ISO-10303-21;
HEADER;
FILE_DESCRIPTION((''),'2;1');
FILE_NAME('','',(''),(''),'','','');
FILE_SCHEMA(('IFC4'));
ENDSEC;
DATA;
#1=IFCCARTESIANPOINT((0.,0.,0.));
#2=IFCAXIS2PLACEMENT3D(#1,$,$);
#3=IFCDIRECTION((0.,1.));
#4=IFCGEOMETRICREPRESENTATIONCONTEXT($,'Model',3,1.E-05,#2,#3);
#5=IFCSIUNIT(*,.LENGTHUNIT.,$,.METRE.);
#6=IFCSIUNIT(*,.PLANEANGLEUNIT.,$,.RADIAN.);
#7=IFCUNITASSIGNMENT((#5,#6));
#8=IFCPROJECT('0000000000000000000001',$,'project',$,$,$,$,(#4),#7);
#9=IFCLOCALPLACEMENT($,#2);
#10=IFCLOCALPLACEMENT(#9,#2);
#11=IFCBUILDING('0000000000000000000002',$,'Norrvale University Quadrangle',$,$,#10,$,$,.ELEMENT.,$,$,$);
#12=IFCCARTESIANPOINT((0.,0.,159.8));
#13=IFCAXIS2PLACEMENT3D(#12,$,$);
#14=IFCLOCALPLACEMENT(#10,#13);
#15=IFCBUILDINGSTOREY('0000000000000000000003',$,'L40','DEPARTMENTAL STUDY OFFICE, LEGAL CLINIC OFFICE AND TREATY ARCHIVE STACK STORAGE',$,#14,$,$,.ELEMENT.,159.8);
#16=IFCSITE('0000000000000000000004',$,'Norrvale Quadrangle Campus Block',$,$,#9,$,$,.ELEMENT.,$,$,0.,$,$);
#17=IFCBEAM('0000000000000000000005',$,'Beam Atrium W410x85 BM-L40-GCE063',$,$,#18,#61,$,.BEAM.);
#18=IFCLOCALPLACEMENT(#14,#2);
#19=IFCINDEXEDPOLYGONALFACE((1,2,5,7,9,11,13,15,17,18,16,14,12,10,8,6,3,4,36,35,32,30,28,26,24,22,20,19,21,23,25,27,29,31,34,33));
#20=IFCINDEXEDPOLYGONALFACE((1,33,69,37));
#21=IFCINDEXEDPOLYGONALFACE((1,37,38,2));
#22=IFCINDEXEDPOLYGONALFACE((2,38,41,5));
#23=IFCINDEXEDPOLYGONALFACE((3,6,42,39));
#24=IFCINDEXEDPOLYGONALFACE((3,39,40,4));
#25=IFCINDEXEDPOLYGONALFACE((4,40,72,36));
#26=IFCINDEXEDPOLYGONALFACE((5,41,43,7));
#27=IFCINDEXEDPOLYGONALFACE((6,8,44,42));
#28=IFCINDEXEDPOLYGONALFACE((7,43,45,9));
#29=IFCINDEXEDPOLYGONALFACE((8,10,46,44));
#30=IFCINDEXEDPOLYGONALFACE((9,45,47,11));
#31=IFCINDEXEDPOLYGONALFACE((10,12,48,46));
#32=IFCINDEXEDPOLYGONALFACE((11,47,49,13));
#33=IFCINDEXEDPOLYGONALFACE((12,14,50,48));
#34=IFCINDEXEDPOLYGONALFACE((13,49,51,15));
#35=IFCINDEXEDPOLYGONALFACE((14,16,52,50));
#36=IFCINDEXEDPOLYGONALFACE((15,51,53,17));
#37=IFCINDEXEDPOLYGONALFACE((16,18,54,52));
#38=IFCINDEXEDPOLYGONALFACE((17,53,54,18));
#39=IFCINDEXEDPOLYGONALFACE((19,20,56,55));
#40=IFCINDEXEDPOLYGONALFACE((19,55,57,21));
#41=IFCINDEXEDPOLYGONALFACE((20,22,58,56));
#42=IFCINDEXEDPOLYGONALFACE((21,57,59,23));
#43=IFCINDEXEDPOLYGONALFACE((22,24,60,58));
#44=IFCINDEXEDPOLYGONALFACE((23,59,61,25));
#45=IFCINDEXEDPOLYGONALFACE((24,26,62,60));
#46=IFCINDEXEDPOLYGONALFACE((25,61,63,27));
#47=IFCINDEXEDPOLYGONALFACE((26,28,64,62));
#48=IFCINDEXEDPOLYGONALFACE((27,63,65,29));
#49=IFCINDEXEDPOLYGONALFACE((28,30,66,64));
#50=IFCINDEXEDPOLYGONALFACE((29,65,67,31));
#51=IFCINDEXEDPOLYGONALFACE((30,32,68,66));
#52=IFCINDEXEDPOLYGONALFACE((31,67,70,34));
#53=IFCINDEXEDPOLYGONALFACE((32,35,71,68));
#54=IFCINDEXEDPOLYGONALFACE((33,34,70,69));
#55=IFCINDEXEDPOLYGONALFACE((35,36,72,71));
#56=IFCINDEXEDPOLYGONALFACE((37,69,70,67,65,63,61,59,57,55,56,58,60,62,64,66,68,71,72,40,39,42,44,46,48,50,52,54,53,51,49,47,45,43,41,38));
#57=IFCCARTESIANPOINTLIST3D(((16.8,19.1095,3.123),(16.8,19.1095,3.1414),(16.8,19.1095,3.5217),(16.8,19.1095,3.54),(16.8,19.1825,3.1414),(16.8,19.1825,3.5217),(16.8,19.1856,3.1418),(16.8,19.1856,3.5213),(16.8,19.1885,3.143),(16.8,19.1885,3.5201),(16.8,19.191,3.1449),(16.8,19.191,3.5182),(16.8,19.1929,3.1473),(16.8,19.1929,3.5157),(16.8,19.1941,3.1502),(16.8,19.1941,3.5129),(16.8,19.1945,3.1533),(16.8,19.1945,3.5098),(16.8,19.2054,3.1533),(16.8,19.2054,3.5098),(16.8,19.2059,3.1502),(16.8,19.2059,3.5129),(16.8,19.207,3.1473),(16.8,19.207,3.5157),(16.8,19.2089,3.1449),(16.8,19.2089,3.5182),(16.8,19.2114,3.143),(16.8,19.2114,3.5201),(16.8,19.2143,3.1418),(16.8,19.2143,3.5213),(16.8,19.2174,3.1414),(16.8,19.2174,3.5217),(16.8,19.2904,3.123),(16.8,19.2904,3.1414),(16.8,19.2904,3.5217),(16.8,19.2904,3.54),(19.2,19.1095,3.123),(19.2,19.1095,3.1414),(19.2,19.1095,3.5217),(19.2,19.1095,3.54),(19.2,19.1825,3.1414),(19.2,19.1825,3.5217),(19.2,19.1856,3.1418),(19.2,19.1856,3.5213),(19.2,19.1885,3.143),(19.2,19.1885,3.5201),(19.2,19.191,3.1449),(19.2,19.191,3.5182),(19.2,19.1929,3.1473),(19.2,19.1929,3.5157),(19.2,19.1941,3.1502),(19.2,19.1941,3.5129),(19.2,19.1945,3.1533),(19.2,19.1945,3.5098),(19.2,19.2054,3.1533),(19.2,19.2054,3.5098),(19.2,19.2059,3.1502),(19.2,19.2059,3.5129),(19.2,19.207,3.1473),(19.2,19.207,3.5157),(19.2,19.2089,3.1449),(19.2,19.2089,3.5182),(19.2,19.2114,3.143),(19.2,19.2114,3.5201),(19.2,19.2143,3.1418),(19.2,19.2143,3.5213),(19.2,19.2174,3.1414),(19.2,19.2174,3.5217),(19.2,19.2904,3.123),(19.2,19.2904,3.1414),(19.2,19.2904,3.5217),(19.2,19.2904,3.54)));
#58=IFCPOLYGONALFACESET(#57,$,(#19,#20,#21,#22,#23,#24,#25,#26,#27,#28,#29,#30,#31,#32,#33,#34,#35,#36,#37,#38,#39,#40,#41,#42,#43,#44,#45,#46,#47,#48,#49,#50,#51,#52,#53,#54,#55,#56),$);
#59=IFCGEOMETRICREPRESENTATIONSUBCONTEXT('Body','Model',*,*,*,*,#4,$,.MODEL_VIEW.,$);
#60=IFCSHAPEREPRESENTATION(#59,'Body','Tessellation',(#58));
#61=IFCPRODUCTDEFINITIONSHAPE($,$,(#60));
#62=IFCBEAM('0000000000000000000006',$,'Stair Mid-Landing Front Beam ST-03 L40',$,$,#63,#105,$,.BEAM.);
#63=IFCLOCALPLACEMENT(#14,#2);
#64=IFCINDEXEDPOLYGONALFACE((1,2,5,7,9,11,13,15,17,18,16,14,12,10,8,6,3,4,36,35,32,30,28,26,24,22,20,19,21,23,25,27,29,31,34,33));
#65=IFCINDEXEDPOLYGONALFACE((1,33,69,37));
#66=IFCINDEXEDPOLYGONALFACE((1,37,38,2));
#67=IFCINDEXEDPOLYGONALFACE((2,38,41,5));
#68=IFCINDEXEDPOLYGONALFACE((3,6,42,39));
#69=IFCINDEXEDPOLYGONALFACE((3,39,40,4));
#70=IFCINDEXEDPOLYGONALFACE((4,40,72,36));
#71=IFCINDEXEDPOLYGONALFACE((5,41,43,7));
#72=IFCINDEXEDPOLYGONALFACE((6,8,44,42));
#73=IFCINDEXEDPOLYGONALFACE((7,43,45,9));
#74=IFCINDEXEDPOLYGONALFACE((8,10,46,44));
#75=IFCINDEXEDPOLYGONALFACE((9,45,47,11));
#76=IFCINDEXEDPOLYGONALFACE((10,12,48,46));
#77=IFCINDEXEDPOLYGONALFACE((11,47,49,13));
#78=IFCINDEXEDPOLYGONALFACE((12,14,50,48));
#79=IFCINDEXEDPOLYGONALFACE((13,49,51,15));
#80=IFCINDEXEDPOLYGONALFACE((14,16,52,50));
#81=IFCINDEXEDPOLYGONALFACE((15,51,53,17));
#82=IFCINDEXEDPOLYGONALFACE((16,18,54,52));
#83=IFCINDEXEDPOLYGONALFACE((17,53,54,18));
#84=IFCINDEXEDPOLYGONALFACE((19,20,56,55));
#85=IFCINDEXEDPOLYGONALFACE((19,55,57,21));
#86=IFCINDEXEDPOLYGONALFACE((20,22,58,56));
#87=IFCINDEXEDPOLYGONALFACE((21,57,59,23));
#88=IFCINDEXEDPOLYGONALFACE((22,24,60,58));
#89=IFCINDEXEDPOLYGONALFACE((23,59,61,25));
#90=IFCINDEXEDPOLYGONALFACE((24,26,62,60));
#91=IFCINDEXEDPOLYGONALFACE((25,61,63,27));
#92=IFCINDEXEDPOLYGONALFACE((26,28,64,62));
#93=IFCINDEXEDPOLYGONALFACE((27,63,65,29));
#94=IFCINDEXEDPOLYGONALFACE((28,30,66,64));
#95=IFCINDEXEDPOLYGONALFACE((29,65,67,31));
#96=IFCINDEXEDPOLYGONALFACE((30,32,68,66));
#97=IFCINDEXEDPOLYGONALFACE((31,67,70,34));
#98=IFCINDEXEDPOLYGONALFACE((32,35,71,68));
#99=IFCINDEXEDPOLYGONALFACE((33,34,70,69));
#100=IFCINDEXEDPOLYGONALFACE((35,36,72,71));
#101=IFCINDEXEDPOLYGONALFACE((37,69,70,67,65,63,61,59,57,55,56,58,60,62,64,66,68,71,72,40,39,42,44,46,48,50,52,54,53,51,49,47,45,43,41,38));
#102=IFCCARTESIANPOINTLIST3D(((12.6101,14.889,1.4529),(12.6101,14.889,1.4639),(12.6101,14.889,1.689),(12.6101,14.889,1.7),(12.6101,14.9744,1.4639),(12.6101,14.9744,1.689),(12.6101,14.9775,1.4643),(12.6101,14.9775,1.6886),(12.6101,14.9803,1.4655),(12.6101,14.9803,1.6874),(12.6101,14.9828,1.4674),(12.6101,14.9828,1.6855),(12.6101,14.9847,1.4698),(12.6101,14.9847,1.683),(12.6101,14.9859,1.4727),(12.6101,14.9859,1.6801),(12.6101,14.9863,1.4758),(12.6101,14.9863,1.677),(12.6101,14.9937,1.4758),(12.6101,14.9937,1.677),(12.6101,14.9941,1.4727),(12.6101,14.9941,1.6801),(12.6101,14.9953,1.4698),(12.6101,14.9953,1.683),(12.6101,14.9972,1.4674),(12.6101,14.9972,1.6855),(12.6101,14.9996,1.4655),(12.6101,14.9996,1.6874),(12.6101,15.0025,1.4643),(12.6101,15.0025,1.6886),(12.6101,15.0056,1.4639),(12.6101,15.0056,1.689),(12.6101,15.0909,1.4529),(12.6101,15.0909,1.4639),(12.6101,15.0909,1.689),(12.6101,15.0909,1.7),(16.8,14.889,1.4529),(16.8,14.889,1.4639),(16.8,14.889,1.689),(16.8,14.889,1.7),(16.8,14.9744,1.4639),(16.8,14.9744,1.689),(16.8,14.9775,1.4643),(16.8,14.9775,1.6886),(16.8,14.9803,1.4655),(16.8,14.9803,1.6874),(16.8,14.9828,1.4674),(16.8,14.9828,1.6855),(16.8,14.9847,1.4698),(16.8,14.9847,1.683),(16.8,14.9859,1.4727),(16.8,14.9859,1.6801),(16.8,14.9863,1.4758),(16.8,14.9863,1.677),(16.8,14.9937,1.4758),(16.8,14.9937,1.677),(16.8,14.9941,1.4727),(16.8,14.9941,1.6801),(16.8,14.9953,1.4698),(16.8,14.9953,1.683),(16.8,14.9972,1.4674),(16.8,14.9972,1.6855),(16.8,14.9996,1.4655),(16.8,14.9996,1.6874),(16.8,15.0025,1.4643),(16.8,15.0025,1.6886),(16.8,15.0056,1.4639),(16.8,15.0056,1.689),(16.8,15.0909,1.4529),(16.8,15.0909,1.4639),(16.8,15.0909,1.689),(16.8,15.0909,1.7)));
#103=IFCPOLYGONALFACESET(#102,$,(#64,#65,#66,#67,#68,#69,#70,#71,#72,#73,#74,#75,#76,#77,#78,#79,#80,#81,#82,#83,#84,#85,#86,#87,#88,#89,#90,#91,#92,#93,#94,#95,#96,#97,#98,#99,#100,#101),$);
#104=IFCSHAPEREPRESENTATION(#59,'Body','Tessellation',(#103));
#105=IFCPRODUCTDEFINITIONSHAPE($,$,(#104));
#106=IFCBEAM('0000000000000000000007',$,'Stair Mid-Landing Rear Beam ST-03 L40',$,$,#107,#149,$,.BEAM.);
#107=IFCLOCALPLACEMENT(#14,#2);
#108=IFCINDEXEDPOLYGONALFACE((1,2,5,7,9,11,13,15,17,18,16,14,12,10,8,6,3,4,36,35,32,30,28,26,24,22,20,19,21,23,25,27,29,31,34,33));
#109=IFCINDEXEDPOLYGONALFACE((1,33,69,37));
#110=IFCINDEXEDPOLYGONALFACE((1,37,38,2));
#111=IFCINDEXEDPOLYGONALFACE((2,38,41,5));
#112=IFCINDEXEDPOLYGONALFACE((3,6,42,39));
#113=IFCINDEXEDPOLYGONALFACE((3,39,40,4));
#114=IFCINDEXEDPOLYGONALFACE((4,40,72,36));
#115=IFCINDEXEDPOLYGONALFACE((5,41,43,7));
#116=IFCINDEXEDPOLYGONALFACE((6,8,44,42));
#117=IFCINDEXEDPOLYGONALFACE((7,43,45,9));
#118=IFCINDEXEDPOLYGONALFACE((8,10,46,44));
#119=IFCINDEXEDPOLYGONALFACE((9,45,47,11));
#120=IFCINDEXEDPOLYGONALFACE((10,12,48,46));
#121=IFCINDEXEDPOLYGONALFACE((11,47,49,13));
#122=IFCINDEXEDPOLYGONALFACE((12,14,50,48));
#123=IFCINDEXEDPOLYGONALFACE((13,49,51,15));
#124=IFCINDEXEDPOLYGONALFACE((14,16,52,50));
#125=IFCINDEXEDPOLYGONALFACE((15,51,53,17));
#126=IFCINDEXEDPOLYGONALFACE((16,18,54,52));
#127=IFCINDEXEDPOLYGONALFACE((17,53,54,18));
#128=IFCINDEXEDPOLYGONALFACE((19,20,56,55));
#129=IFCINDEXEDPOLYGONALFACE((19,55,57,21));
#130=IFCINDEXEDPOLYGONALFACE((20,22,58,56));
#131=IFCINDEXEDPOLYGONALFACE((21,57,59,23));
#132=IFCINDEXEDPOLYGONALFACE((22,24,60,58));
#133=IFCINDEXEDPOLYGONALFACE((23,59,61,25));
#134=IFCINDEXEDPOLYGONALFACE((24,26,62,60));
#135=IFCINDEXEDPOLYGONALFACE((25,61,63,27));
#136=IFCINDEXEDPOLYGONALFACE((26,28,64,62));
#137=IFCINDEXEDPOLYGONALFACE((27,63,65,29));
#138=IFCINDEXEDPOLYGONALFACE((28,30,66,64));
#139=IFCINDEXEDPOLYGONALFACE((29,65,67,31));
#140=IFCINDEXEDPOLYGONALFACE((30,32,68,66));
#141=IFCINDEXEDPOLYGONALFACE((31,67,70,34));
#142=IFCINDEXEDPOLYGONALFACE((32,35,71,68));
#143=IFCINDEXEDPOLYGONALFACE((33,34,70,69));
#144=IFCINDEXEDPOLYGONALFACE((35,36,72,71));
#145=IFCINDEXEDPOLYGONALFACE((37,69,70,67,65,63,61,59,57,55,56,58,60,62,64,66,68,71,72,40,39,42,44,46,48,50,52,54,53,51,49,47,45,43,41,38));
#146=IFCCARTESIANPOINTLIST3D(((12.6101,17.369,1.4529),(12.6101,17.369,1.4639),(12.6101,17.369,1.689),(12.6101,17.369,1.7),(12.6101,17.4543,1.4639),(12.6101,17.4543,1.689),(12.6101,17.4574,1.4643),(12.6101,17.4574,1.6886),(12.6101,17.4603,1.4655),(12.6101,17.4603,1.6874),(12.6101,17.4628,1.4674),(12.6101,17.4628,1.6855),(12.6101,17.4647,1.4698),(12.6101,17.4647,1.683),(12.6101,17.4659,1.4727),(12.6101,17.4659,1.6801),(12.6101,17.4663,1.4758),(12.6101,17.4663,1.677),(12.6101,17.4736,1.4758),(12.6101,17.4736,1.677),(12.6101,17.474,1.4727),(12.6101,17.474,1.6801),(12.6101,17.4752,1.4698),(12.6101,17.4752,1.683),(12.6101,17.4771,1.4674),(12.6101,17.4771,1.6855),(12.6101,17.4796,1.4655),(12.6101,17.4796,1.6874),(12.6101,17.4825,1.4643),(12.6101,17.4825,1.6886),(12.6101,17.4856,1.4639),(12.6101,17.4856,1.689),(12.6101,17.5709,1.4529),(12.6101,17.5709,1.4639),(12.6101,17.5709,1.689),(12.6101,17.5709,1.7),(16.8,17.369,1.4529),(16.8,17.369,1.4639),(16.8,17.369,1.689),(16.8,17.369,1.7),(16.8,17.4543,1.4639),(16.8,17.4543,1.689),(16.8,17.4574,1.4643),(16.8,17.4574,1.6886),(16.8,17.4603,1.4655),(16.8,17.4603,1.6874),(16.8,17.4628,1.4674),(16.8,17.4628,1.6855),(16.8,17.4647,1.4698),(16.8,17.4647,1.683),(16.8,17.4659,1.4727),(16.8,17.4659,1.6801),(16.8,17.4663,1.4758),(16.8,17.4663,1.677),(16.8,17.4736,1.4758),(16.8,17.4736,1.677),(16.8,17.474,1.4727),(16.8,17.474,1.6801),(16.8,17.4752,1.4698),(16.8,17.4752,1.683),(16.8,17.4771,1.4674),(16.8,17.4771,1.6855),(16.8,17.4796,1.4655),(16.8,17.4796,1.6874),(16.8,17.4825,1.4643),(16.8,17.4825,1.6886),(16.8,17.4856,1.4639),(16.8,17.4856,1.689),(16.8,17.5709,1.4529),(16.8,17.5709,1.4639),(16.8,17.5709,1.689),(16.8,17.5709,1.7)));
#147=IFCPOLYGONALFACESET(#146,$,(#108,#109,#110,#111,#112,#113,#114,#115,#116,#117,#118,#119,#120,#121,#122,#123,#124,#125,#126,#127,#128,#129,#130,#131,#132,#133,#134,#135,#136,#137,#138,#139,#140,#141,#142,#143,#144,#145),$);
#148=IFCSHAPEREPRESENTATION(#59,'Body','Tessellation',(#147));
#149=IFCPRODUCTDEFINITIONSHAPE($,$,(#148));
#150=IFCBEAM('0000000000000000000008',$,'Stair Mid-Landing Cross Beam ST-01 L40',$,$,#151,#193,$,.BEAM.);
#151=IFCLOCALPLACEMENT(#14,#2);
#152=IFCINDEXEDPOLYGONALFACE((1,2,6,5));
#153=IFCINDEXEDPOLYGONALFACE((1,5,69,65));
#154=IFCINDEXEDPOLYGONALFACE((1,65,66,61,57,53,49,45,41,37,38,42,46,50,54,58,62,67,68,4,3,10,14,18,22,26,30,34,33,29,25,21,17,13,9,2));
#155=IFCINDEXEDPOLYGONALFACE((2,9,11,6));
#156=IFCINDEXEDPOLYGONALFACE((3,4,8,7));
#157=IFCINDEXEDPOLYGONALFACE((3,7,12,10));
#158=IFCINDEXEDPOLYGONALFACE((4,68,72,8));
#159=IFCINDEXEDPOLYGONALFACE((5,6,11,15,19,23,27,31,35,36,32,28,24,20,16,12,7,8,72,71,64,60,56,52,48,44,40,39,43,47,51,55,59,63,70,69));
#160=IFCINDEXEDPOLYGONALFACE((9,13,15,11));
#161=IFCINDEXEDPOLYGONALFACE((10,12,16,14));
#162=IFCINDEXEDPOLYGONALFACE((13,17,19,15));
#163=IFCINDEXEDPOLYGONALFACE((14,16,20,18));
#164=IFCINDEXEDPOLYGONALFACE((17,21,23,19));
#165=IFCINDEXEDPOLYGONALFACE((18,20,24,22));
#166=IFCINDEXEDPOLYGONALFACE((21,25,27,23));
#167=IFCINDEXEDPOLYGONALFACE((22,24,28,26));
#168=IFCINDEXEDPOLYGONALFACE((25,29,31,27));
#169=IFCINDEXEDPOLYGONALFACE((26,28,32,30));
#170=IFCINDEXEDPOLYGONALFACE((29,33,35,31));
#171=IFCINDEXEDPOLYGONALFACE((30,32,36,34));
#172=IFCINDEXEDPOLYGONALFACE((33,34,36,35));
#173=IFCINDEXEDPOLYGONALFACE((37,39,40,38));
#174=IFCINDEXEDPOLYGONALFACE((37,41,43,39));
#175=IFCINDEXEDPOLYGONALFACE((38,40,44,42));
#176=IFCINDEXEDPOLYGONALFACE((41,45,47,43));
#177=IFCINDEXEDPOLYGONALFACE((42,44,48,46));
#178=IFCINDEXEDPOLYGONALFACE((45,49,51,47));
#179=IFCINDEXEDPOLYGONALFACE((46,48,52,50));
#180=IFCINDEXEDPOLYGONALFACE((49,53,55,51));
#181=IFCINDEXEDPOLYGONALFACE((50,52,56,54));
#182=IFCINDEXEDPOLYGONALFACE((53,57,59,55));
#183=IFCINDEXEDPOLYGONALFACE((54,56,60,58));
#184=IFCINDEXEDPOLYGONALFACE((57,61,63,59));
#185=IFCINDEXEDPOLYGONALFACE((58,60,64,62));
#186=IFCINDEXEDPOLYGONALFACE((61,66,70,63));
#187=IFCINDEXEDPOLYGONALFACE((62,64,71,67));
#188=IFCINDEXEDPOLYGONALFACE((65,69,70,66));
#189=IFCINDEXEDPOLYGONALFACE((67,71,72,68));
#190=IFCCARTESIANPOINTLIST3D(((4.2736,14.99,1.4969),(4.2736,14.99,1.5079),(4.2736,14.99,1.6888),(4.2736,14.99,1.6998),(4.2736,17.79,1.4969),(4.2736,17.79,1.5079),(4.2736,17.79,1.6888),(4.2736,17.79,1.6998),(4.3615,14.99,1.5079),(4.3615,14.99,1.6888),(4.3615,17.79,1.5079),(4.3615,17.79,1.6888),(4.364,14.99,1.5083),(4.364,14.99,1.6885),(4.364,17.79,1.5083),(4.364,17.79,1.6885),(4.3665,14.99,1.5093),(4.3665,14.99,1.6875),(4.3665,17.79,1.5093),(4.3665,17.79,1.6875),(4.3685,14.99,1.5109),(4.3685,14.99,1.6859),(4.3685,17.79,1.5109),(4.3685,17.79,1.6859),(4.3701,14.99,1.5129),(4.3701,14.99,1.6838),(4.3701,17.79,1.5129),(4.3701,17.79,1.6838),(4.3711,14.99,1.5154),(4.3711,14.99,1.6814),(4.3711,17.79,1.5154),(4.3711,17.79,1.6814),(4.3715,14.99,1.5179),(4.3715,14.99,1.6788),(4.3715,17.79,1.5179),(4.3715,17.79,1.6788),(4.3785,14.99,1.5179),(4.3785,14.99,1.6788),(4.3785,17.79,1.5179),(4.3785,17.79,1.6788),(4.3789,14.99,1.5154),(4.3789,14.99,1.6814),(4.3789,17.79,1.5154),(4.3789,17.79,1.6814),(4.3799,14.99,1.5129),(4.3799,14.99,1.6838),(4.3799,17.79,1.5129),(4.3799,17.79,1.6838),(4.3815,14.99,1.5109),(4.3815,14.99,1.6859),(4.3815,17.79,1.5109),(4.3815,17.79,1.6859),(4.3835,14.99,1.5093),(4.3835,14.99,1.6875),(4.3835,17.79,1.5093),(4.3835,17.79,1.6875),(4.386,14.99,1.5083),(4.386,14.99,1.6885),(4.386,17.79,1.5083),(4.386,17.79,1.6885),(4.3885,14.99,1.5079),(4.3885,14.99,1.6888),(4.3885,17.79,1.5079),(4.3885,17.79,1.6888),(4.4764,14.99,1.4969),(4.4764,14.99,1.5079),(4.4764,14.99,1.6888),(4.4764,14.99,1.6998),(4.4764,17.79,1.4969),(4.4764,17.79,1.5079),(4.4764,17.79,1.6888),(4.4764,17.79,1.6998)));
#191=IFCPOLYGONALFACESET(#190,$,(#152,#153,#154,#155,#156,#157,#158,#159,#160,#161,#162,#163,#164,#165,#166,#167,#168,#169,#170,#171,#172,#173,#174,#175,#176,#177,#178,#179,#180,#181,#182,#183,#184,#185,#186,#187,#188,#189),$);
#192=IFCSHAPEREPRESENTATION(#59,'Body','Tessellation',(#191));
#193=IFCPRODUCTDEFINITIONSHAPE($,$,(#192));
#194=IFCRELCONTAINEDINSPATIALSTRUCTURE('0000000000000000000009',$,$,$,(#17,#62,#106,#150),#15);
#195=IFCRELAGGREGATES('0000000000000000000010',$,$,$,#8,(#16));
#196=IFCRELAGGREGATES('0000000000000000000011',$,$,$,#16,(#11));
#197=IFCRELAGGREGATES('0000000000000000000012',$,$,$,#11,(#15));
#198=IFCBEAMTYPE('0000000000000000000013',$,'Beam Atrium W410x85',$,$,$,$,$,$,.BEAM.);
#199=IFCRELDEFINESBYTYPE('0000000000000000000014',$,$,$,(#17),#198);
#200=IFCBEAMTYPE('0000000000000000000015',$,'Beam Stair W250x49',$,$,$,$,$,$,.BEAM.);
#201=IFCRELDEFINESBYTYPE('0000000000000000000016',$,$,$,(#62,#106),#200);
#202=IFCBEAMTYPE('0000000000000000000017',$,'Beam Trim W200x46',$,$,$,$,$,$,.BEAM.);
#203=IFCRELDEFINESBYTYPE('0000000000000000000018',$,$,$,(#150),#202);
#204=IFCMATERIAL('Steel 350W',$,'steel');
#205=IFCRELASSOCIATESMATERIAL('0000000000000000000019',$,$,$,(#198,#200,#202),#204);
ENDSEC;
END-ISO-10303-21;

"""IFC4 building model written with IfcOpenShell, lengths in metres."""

from ifc_helpers import new_model, si_unit, direction, frame, origin, origin_2d, place, context, subcontext, project, spatial, i_section, extrude, material, material_profile, profile_set, type_object, element, save


model = new_model("IFC4")

# Units and contexts
model_context = context("Model", 3, precision=1e-05, world=origin(), true_north=direction((0.0, 1.0)))
body_context = subcontext(model_context, "Body", "Model", "MODEL_VIEW")
ifc_project = project(units=[si_unit("LENGTHUNIT", "METRE"), si_unit("PLANEANGLEUNIT", "RADIAN")], contexts=[model_context])

# Site, building, storey
site_placement = place(None, origin())
site = spatial("IfcSite", under=ifc_project, at=site_placement, Name="Norrvale Quadrangle Campus Block", CompositionType="ELEMENT", RefElevation=0.0)
building_placement = place(site_placement, origin())
building = spatial("IfcBuilding", under=site, at=building_placement, Name="Norrvale University Quadrangle", CompositionType="ELEMENT")
storey_placement = place(building_placement, frame((0.0, 0.0, 159.8)))
storey = spatial("IfcBuildingStorey", under=building, at=storey_placement, Name="L40", Description="DEPARTMENTAL STUDY OFFICE, LEGAL CLINIC OFFICE AND TREATY ARCHIVE STACK STORAGE", CompositionType="ELEMENT", Elevation=159.8)

# Beams
ifc_material_1 = material(Name="Steel 350W", Category="steel")
ifc_material_profile_1 = material_profile(ifc_material_1, i_section(OverallWidth=0.1809, OverallDepth=0.417, WebThickness=0.011, FlangeThickness=0.0183, FilletRadius=0.012, at=origin_2d()), Name="Steel 350W")
ifc_profile_set_1 = profile_set([ifc_material_profile_1], Name="Steel 350W")
beam_type_1 = type_object("IfcBeamType", Name="Beam Atrium W410x85", PredefinedType="BEAM", material=ifc_profile_set_1)
beam_placement = place(storey_placement, frame((16.8, 19.2, 3.3315), z_axis=(1.0, 0.0, 0.0), x_axis=(0.0, 1.0, 0.0)))
element("IfcBeam", 1, at=beam_placement, inside=storey, type_object=beam_type_1, Name="Beam Atrium W410x85 BM-L40-GCE063", PredefinedType="BEAM", context=body_context, shape_type="SweptSolid", body=[
    extrude(i_section(OverallWidth=0.1809, OverallDepth=0.417, WebThickness=0.011, FlangeThickness=0.0183, FilletRadius=0.012, at=origin_2d()), origin(), (0.0, 0.0, 1.0), 2.3999),
])
ifc_material_profile_2 = material_profile(ifc_material_1, i_section(OverallWidth=0.2019, OverallDepth=0.2471, WebThickness=0.0073, FlangeThickness=0.011, FilletRadius=0.012, at=origin_2d()), Name="Steel 350W")
ifc_profile_set_2 = profile_set([ifc_material_profile_2], Name="Steel 350W")
beam_type_2 = type_object("IfcBeamType", Name="Beam Stair W250x49", PredefinedType="BEAM", material=ifc_profile_set_2)
for number, where, z_axis, x_axis, name in (
    (2, (12.6101, 14.99, 1.5764), (1.0, 0.0, 0.0), (0.0, 1.0, 0.0), "Stair Mid-Landing Front Beam ST-03 L40"),
    (3, (12.6101, 17.47, 1.5764), (1.0, 0.0, 0.0), (0.0, 1.0, 0.0), "Stair Mid-Landing Rear Beam ST-03 L40"),
):
    element("IfcBeam", number, at=place(storey_placement, frame(where, z_axis=z_axis, x_axis=x_axis)), inside=storey, type_object=beam_type_2, Name=name, PredefinedType="BEAM", context=body_context, shape_type="SweptSolid", body=[
        extrude(i_section(OverallWidth=0.2019, OverallDepth=0.2471, WebThickness=0.0073, FlangeThickness=0.011, FilletRadius=0.012, at=origin_2d()), origin(), (0.0, 0.0, 1.0), 4.1899),
    ])
ifc_material_profile_3 = material_profile(ifc_material_1, i_section(OverallWidth=0.2029, OverallDepth=0.2029, WebThickness=0.0071, FlangeThickness=0.011, FilletRadius=0.01, at=origin_2d()), Name="Steel 350W")
ifc_profile_set_3 = profile_set([ifc_material_profile_3], Name="Steel 350W")
beam_type_3 = type_object("IfcBeamType", Name="Beam Trim W200x46", PredefinedType="BEAM", material=ifc_profile_set_3)
for number, where, z_axis, x_axis, name in (
    (4, (4.375, 14.99, 1.5984), (0.0, 1.0, 0.0), (-1.0, 0.0, 0.0), "Stair Mid-Landing Cross Beam ST-01 L40"),
):
    element("IfcBeam", number, at=place(storey_placement, frame(where, z_axis=z_axis, x_axis=x_axis)), inside=storey, type_object=beam_type_3, Name=name, PredefinedType="BEAM", context=body_context, shape_type="SweptSolid", body=[
        extrude(i_section(OverallWidth=0.2029, OverallDepth=0.2029, WebThickness=0.0071, FlangeThickness=0.011, FilletRadius=0.01, at=origin_2d()), origin(), (0.0, 0.0, 1.0), 2.8),
    ])

save(model, "model.ifc")
